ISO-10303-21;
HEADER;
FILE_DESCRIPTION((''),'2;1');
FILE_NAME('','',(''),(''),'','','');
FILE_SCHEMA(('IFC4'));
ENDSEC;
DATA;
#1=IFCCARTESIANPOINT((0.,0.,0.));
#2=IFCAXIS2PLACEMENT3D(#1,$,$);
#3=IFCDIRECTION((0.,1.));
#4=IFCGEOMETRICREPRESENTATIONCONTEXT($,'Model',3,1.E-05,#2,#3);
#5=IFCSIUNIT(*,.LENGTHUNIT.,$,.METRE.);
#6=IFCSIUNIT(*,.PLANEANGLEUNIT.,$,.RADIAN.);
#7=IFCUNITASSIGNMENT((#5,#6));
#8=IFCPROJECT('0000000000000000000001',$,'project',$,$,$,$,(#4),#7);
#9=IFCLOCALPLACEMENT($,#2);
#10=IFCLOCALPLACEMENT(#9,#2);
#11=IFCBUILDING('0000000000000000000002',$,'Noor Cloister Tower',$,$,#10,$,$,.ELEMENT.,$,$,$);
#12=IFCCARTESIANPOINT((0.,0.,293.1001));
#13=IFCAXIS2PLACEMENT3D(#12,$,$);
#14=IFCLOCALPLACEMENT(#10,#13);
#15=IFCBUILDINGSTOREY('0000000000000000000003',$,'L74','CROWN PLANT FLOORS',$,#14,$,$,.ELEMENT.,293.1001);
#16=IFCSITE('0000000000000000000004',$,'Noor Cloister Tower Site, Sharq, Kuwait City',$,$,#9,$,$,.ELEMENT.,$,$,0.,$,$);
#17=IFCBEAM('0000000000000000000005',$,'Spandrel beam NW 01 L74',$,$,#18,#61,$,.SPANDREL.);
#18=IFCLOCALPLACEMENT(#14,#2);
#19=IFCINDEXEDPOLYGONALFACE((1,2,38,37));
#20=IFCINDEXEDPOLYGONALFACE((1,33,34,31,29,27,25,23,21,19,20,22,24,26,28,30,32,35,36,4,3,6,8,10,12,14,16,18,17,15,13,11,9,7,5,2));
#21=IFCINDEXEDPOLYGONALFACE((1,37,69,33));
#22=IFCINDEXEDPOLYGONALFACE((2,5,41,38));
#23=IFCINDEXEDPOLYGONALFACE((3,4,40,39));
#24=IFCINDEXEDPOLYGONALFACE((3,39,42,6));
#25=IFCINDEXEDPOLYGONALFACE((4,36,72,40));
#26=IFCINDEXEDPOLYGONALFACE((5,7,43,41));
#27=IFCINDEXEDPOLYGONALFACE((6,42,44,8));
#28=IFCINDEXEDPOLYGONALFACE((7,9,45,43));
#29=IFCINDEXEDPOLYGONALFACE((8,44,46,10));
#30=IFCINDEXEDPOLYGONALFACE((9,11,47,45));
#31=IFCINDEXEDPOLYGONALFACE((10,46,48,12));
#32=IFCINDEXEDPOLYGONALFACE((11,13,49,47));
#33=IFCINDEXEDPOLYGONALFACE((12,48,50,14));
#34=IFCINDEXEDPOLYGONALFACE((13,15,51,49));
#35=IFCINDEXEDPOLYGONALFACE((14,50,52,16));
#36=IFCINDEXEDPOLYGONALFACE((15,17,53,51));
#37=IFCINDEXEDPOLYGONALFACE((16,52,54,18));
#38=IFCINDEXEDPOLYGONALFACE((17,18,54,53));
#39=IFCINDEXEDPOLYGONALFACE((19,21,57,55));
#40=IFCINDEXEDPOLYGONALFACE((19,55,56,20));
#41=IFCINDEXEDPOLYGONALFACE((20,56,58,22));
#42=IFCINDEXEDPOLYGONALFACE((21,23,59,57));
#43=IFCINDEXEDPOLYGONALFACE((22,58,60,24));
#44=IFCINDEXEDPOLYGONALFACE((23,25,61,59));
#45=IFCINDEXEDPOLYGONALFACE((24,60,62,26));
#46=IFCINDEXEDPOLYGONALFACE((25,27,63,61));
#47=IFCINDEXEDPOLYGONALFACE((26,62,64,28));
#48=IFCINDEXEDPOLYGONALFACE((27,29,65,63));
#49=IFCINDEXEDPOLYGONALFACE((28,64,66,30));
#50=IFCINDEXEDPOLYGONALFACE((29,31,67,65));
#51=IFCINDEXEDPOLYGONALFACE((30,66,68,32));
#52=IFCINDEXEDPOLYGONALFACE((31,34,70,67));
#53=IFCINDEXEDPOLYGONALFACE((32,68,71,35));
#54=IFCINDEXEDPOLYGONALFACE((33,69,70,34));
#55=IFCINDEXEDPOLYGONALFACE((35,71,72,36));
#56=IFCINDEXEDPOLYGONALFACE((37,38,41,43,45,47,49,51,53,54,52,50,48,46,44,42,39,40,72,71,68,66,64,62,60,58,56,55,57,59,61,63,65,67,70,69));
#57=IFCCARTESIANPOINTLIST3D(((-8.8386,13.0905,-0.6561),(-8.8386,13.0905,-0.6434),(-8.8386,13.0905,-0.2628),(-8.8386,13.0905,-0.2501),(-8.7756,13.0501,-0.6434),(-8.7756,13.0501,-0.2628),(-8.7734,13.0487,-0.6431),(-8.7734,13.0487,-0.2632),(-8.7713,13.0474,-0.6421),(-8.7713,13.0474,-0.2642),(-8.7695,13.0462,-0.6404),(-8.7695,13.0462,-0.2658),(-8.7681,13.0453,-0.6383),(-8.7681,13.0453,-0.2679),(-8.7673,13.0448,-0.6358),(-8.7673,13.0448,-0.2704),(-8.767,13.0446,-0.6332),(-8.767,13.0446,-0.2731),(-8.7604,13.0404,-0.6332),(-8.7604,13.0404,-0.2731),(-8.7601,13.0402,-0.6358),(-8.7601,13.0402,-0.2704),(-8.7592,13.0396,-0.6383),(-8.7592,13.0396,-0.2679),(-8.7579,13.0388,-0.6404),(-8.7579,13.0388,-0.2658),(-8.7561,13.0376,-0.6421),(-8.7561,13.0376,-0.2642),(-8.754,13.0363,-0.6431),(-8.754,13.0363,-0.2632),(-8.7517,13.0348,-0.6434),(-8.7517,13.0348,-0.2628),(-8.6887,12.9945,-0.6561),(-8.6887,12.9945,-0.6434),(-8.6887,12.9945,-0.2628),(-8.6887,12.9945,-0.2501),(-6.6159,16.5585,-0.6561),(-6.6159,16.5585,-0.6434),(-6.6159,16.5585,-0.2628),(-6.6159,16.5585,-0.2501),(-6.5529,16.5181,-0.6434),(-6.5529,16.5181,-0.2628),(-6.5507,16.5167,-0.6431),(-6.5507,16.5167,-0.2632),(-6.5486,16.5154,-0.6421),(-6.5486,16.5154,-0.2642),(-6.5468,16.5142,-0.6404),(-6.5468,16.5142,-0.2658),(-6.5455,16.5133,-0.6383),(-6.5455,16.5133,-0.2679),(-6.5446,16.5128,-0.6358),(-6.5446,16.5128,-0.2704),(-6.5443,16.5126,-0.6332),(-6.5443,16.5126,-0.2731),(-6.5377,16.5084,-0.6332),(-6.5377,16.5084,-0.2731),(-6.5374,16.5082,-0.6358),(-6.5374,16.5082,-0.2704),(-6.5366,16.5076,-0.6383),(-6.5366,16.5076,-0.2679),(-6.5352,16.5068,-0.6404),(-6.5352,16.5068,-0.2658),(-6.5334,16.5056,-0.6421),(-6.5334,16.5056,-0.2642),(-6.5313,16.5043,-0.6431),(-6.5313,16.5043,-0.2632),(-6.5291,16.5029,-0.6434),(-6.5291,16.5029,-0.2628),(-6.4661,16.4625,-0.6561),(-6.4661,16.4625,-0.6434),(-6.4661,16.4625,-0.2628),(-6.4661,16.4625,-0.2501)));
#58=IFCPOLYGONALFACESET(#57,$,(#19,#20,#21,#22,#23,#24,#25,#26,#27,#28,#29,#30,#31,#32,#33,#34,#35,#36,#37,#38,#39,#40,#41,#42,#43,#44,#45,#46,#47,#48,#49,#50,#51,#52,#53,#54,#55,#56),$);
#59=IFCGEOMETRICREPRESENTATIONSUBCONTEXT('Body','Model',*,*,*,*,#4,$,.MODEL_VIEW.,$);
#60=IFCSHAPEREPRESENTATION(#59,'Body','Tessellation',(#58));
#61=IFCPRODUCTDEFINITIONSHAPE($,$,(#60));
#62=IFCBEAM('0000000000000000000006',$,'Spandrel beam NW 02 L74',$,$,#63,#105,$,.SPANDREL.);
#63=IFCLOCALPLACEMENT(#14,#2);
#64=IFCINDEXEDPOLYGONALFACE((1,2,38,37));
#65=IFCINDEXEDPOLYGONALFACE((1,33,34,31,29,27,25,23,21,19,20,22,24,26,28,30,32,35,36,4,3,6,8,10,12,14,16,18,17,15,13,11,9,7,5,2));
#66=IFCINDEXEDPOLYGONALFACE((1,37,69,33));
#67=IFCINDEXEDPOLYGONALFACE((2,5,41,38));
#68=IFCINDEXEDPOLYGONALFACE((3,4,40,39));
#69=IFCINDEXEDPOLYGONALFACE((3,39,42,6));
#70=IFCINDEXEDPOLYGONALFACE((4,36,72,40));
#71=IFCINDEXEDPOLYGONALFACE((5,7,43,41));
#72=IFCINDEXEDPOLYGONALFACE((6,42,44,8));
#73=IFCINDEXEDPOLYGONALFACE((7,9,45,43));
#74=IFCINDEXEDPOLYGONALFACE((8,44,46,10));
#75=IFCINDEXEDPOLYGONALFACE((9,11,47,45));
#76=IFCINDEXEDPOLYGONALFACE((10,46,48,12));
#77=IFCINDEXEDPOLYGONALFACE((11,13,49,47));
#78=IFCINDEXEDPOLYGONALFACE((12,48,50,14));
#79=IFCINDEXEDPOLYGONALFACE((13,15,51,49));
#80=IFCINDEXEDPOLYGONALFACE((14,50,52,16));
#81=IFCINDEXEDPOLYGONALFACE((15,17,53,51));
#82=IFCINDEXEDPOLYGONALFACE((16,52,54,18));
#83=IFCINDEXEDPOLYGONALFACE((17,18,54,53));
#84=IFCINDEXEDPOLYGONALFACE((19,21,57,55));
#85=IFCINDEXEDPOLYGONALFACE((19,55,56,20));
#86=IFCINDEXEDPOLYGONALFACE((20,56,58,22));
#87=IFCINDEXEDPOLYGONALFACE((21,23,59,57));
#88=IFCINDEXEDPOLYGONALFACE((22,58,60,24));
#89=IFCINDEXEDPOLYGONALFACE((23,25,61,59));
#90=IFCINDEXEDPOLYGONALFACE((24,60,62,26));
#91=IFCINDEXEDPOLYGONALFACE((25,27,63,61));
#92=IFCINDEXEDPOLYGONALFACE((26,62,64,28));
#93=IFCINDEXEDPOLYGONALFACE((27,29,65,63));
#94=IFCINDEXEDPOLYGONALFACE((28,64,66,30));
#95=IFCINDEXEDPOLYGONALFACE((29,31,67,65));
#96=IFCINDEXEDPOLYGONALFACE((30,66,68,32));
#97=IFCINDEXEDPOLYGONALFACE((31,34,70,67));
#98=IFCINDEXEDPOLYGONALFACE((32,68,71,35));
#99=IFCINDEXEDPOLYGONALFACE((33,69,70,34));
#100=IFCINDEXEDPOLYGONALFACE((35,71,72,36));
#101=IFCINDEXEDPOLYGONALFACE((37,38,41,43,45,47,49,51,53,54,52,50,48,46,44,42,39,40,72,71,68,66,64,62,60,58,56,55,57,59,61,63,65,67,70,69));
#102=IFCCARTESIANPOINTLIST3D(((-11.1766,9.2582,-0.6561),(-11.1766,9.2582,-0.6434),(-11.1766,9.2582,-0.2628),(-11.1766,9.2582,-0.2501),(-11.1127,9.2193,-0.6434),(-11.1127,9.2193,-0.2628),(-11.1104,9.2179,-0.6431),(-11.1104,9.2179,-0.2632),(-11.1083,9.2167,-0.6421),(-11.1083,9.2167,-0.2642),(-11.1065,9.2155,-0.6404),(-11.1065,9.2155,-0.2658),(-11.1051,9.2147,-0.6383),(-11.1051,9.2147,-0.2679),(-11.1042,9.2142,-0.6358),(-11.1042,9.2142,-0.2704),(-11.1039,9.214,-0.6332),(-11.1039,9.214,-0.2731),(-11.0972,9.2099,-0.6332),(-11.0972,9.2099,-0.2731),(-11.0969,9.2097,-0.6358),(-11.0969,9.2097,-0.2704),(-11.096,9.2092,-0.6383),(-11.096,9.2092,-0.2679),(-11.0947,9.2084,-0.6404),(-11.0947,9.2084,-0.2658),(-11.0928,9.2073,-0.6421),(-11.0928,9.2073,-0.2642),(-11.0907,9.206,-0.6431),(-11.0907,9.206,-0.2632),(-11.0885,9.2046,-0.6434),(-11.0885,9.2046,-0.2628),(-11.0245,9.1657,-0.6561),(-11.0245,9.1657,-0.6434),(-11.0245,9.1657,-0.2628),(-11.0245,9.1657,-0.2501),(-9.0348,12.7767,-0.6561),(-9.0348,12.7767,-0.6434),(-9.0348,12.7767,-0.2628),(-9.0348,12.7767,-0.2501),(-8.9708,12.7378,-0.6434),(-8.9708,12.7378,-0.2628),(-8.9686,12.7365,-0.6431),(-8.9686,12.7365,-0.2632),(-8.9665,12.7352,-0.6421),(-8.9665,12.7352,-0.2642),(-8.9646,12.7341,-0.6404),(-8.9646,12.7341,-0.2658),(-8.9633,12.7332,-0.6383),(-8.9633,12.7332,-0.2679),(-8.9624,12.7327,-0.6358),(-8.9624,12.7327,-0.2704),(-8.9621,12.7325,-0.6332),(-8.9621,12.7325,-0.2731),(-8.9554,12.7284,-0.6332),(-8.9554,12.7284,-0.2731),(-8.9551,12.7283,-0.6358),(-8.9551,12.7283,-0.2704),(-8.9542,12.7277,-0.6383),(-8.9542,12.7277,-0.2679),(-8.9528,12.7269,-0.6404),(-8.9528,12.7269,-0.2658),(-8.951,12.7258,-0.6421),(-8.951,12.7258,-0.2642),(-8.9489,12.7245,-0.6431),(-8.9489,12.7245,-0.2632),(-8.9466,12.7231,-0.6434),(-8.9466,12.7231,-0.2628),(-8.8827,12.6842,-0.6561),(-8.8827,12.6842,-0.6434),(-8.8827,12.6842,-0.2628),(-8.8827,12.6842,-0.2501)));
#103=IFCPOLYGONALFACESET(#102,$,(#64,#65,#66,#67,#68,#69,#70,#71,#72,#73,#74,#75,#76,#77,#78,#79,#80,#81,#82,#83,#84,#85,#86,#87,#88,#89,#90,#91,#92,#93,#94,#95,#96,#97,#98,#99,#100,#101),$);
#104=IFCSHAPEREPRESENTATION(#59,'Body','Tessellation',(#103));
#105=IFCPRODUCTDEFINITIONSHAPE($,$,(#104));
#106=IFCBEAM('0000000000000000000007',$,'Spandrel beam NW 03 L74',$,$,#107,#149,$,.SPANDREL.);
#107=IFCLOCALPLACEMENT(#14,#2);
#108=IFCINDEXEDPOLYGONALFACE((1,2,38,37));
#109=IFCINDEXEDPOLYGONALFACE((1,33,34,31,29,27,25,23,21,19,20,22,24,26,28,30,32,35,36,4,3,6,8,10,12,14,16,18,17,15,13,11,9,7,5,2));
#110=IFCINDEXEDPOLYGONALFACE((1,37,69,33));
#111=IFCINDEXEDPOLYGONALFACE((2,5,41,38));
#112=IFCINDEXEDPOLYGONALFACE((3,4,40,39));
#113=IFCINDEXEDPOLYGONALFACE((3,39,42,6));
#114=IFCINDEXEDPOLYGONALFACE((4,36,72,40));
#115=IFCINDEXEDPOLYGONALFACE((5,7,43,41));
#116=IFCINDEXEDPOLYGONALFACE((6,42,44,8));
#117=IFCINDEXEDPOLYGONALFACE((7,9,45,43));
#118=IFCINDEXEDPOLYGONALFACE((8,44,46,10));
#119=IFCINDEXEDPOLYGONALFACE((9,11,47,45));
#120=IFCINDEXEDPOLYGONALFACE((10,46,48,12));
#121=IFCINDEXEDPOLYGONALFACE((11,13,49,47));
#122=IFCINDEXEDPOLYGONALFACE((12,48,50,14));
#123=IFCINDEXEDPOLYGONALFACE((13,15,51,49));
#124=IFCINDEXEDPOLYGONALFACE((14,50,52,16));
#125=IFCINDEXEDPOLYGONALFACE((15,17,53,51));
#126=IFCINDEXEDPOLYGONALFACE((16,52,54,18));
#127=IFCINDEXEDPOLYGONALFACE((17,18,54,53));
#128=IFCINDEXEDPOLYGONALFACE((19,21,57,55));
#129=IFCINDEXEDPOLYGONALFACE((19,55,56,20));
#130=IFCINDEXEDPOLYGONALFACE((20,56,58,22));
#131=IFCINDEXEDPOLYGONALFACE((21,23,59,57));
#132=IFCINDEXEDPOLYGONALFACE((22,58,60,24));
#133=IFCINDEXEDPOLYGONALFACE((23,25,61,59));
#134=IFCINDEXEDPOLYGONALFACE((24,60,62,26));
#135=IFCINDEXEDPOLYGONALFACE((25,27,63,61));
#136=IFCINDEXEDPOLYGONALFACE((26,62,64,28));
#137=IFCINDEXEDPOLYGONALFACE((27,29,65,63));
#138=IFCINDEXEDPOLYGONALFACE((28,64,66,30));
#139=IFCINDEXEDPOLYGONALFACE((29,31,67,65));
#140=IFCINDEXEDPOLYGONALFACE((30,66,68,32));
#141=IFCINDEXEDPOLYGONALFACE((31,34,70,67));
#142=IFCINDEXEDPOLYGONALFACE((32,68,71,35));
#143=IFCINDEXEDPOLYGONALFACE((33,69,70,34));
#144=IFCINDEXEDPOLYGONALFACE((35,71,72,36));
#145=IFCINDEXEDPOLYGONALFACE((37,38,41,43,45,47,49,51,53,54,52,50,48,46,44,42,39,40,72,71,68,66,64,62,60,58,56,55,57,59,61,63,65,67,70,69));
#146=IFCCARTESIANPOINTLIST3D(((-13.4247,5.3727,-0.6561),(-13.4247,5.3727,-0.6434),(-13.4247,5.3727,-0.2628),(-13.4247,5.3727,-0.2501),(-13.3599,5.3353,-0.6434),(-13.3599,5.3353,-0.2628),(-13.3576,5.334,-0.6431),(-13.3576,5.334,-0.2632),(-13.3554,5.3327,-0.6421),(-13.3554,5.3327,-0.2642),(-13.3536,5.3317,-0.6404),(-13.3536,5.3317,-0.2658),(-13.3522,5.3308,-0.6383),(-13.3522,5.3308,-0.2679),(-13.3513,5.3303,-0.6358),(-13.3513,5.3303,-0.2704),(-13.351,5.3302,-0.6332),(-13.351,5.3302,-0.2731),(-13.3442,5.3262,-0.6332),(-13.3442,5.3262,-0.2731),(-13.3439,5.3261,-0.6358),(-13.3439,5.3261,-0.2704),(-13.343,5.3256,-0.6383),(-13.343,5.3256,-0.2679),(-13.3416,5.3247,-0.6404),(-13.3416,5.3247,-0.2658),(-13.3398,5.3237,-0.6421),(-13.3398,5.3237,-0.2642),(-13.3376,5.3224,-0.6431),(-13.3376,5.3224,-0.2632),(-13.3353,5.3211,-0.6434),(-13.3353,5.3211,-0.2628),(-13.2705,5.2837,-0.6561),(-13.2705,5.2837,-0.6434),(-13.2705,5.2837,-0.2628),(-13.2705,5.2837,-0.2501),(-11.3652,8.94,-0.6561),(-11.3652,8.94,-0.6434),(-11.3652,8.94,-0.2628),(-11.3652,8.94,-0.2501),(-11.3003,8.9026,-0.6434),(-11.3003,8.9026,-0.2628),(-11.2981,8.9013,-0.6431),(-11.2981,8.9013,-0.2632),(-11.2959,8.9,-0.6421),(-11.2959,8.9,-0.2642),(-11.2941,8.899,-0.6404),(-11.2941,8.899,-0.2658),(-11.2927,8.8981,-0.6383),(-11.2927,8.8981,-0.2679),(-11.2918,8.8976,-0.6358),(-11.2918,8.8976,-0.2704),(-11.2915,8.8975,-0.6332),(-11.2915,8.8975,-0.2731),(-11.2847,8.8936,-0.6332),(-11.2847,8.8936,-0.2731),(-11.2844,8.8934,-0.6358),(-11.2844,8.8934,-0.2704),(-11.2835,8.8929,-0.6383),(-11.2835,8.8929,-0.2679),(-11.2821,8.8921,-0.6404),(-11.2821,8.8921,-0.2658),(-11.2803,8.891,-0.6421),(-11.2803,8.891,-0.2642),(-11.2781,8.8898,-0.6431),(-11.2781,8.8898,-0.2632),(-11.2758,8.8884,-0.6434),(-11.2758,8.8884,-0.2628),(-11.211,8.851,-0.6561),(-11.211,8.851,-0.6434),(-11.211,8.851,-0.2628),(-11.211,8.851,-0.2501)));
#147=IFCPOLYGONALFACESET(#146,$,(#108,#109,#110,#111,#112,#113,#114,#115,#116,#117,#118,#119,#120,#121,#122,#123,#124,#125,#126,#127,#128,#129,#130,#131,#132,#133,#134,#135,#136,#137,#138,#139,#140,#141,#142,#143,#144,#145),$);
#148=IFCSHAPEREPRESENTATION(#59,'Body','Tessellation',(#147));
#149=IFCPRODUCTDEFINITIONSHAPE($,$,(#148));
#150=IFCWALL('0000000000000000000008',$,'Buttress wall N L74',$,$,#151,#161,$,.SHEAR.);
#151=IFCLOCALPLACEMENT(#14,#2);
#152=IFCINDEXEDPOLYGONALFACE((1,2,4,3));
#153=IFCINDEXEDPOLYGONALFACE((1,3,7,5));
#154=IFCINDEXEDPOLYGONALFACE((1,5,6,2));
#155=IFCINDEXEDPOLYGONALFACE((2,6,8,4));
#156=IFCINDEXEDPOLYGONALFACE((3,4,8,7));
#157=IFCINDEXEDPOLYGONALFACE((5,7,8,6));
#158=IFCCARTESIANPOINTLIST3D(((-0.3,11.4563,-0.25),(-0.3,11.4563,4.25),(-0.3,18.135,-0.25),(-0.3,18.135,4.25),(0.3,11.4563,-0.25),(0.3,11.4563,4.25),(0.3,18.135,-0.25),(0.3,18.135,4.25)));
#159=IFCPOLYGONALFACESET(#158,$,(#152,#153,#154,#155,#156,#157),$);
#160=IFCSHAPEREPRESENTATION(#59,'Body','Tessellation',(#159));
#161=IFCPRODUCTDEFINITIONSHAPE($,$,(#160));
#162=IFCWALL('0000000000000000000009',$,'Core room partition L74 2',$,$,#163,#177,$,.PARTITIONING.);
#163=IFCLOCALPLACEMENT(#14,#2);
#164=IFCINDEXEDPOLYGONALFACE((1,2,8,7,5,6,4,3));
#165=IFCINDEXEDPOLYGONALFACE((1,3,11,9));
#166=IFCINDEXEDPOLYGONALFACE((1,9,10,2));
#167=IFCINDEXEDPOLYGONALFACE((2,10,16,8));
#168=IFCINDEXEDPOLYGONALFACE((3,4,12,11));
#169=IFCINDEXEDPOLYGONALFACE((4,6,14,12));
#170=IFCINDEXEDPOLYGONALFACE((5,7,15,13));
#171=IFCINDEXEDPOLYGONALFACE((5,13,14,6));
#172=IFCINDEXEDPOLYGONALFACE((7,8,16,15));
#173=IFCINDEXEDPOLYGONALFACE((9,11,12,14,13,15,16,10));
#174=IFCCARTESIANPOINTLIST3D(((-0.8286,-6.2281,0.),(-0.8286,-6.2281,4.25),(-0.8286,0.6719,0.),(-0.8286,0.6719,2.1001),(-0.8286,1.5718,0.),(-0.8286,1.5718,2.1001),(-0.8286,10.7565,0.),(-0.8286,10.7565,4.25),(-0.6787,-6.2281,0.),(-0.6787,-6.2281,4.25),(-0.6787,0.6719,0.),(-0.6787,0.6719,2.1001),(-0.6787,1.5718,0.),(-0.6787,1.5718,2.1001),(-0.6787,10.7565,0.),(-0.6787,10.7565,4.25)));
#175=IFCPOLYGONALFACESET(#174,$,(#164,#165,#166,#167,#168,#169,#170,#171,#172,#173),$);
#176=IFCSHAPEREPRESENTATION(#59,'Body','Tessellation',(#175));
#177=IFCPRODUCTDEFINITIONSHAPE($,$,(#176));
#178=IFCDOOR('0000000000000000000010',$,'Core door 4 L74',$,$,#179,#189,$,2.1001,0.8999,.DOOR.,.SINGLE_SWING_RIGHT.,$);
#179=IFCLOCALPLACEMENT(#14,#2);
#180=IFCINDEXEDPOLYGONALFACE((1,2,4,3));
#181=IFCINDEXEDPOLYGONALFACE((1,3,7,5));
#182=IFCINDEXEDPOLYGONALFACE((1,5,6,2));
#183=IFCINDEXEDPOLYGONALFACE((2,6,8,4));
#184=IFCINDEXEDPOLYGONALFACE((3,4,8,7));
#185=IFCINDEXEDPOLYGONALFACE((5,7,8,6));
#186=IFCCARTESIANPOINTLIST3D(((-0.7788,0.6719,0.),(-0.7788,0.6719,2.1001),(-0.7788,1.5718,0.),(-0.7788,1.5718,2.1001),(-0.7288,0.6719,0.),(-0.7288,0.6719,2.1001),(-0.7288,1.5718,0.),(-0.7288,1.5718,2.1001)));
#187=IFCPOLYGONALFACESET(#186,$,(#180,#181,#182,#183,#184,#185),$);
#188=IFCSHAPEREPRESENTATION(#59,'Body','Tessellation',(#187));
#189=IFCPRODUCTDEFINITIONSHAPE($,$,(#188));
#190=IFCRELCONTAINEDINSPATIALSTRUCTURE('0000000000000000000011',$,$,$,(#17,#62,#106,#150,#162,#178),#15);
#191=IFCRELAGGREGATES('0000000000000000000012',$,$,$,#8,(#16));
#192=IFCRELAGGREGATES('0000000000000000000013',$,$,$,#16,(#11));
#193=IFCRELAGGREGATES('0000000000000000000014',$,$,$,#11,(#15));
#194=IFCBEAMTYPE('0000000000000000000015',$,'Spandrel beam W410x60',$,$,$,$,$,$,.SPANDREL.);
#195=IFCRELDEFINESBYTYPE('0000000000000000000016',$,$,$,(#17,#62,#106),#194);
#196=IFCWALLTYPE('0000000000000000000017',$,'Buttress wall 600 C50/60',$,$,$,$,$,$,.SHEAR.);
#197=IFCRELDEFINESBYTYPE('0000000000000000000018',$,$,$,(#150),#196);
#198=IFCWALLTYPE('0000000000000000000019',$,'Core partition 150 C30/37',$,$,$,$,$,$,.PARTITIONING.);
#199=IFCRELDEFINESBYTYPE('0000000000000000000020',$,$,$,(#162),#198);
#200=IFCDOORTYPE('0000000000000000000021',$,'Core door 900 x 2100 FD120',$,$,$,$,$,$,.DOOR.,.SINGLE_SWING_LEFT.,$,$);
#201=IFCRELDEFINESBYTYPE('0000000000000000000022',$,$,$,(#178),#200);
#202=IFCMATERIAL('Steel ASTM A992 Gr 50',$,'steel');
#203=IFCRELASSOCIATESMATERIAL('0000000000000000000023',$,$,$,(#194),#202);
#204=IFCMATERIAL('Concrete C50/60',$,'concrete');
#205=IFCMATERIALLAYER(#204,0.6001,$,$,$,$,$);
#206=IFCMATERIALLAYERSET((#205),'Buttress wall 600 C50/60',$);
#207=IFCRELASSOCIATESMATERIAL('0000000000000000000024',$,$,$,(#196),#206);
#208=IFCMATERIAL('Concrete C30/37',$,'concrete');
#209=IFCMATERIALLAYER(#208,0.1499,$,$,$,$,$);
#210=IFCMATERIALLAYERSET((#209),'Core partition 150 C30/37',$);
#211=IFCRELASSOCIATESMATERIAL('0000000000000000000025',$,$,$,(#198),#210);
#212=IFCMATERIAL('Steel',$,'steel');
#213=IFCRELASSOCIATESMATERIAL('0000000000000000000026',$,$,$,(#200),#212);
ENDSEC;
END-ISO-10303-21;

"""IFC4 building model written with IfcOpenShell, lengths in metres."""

from ifc_helpers import new_model, si_unit, direction, frame, frame_2d, origin, origin_2d, place, context, subcontext, project, spatial, rectangle, i_section, extrude, material, layer, layer_set, material_profile, profile_set, type_object, element, fill, save


model = new_model("IFC4")

# Units and contexts
model_context = context("Model", 3, precision=1e-05, world=origin(), true_north=direction((0.0, 1.0)))
body_context = subcontext(model_context, "Body", "Model", "MODEL_VIEW")
ifc_project = project(units=[si_unit("LENGTHUNIT", "METRE"), si_unit("PLANEANGLEUNIT", "RADIAN")], contexts=[model_context])

# Site, building, storey
site_placement = place(None, origin())
site = spatial("IfcSite", under=ifc_project, at=site_placement, Name="Noor Cloister Tower Site, Sharq, Kuwait City", CompositionType="ELEMENT", RefElevation=0.0)
building_placement = place(site_placement, origin())
building = spatial("IfcBuilding", under=site, at=building_placement, Name="Noor Cloister Tower", CompositionType="ELEMENT")
storey_placement = place(building_placement, frame((0.0, 0.0, 293.1001)))
storey = spatial("IfcBuildingStorey", under=building, at=storey_placement, Name="L74", Description="CROWN PLANT FLOORS", CompositionType="ELEMENT", Elevation=293.1001)

# Beams
ifc_material_1 = material(Name="Steel ASTM A992 Gr 50", Category="steel")
ifc_material_profile_1 = material_profile(ifc_material_1, i_section(OverallWidth=0.178, OverallDepth=0.406, WebThickness=0.0078, FlangeThickness=0.0127, FilletRadius=0.0103, at=origin_2d()), Name="W410x60")
ifc_profile_set_1 = profile_set([ifc_material_profile_1], Name="Steel ASTM A992 Gr 50")
beam_type_1 = type_object("IfcBeamType", Name="Spandrel beam W410x60", PredefinedType="SPANDREL", material=ifc_profile_set_1)
for number, where, z_axis, x_axis, name in (
    (1, (-6.541, 16.5105, -0.4531), (-0.539592, -0.841927, 0.0), (0.841927, -0.539592, 0.0), "Spandrel beam NW 01 L74"),
    (2, (-8.9587, 12.7305, -0.4531), (-0.519968, -0.854186, 0.0), (0.854186, -0.519968, 0.0), "Spandrel beam NW 02 L74"),
    (3, (-11.2881, 8.8955, -0.4531), (-0.499989, -0.866032, 0.0), (0.866032, -0.499989, 0.0), "Spandrel beam NW 03 L74"),
):
    element("IfcBeam", number, at=place(storey_placement, frame(where, z_axis=z_axis, x_axis=x_axis)), inside=storey, type_object=beam_type_1, Name=name, PredefinedType="SPANDREL", context=body_context, shape_type="SweptSolid", body=[
        extrude(i_section(OverallWidth=0.178, OverallDepth=0.406, WebThickness=0.0078, FlangeThickness=0.0127, FilletRadius=0.0103, at=origin_2d()), origin(), (0.0, 0.0, 1.0), 4.1191),
    ])

# Wall
ifc_material_2 = material(Name="Concrete C50/60", Category="concrete")
ifc_layer_1 = layer(ifc_material_2, 0.6001)
ifc_layer_set_1 = layer_set([ifc_layer_1], Name="Buttress wall 600 C50/60")
wall_type_1 = type_object("IfcWallType", Name="Buttress wall 600 C50/60", PredefinedType="SHEAR", material=ifc_layer_set_1)
wall_1_placement = place(storey_placement, frame((0.0, 11.4563, -0.25), z_axis=(0.0, 0.0, 1.0), x_axis=(0.0, 1.0, 0.0)))
element("IfcWall", 4, at=wall_1_placement, inside=storey, type_object=wall_type_1, Name="Buttress wall N L74", PredefinedType="SHEAR", context=body_context, shape_type="SweptSolid", body=[
    extrude(rectangle(XDim=6.6787, YDim=0.6001, at=frame_2d((3.3394, 0.0))), origin(), (0.0, 0.0, 1.0), 4.5),
])

# Wall, opening, door
ifc_material_3 = material(Name="Concrete C30/37", Category="concrete")
ifc_layer_2 = layer(ifc_material_3, 0.1499)
ifc_layer_set_2 = layer_set([ifc_layer_2], Name="Core partition 150 C30/37")
wall_type_2 = type_object("IfcWallType", Name="Core partition 150 C30/37", PredefinedType="PARTITIONING", material=ifc_layer_set_2)
wall_2_placement = place(storey_placement, frame((-0.7537, 10.7563, 0.0), z_axis=(0.0, 0.0, 1.0), x_axis=(0.0, -1.0, 0.0)))
wall_2 = element("IfcWall", 5, at=wall_2_placement, inside=storey, type_object=wall_type_2, Name="Core room partition L74 2", PredefinedType="PARTITIONING", context=body_context, shape_type="SweptSolid", body=[
    extrude(rectangle(XDim=16.9846, YDim=0.1499, at=frame_2d((8.4922, 0.0))), origin(), (0.0, 0.0, 1.0), 4.25),
])
opening_1_placement = place(wall_2_placement, frame((9.1846, 0.0, 0.0)))
opening_1 = element("IfcOpeningElement", 6, at=opening_1_placement, cuts=wall_2, PredefinedType="OPENING", context=body_context, shape_type="SweptSolid", body=[
    extrude(rectangle(XDim=0.8999, YDim=2.1001, at=frame_2d((0.45, 1.05))), frame((0.0, 0.085, 0.0), z_axis=(0.0, -1.0, 0.0), x_axis=(1.0, 0.0, 0.0)), (0.0, 0.0, 1.0), 0.1699),
])
ifc_material_4 = material(Name="Steel", Category="steel")
door_type_1 = type_object("IfcDoorType", Name="Core door 900 x 2100 FD120", OperationType="SINGLE_SWING_LEFT", PredefinedType="DOOR", material=ifc_material_4)
door_1_placement = place(opening_1_placement, origin())
door_1 = element("IfcDoor", 7, at=door_1_placement, inside=storey, type_object=door_type_1, Name="Core door 4 L74", OperationType="SINGLE_SWING_RIGHT", OverallHeight=2.1001, OverallWidth=0.8999, PredefinedType="DOOR", context=body_context, shape_type="SweptSolid", body=[
    extrude(rectangle(XDim=0.8999, YDim=2.1001, at=frame_2d((0.45, 1.05))), frame((0.0, 0.0249, 0.0), z_axis=(0.0, -1.0, 0.0), x_axis=(1.0, 0.0, 0.0)), (0.0, 0.0, 1.0), 0.05),
])
fill(opening_1, door_1)

save(model, "model.ifc")
